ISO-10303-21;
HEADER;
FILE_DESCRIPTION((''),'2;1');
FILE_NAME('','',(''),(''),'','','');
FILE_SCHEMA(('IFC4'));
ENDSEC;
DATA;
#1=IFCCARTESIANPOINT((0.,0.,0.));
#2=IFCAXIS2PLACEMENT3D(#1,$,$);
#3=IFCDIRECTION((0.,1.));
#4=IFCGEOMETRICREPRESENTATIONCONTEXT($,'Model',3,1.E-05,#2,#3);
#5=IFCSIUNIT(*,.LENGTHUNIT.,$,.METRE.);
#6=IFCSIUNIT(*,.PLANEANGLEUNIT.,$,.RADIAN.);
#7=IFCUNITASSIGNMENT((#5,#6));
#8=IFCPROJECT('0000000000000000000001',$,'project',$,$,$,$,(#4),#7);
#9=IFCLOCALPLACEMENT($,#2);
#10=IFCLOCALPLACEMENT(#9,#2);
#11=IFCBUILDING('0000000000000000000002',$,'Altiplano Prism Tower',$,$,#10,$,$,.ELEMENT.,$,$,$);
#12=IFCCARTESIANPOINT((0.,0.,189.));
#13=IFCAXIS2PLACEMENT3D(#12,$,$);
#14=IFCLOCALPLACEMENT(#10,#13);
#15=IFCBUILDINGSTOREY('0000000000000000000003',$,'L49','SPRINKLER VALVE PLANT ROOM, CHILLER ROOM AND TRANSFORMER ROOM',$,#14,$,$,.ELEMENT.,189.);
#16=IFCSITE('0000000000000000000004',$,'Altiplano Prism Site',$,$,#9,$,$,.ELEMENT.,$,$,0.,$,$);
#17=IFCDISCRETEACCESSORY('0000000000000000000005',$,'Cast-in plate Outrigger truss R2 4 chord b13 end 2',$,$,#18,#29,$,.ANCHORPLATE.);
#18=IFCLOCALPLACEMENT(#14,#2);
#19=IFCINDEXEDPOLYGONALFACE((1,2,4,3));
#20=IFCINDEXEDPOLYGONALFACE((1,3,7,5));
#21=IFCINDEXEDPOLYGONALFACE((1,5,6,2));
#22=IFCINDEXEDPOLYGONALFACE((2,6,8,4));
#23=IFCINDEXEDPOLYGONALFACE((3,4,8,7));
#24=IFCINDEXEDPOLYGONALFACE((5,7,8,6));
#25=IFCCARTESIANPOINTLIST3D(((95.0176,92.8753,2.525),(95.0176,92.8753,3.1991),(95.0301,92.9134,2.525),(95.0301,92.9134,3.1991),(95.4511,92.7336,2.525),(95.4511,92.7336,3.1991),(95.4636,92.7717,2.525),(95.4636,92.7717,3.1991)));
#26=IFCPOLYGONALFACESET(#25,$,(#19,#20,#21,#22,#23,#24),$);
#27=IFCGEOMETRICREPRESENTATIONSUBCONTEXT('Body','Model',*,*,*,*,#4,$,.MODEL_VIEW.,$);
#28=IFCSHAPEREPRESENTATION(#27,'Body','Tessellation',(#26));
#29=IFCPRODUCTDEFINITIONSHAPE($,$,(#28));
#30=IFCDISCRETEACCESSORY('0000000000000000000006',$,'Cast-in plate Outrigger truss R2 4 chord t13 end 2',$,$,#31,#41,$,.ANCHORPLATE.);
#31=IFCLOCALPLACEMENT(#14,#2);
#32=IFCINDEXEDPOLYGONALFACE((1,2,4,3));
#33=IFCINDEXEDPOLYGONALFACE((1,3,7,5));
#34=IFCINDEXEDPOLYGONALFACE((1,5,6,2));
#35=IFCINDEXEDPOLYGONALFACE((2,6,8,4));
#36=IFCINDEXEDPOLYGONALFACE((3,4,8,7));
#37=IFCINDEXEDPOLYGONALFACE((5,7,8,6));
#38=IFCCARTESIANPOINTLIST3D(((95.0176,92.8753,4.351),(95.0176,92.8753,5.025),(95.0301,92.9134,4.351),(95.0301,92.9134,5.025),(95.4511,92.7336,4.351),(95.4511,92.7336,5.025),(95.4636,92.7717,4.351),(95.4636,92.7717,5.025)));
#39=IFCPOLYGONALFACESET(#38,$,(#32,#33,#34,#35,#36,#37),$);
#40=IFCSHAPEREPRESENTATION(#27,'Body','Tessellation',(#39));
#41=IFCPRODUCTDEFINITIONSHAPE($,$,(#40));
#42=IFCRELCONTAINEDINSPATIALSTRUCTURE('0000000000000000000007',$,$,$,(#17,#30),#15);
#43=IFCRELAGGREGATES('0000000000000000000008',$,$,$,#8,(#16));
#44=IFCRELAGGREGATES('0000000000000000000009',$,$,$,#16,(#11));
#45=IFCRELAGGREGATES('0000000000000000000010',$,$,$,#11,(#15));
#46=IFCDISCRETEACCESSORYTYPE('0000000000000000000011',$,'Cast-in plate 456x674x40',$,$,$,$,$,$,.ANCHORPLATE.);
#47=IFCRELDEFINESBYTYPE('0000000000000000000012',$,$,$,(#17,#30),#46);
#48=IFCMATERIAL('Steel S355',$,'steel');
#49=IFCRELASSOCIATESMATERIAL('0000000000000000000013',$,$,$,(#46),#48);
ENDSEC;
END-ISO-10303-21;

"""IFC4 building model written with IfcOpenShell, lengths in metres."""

from ifc_helpers import new_model, si_unit, direction, frame, origin, origin_2d, place, context, subcontext, project, spatial, rectangle, extrude, material, material_profile, profile_set, type_object, element, save


model = new_model("IFC4")

# Units and contexts
model_context = context("Model", 3, precision=1e-05, world=origin(), true_north=direction((0.0, 1.0)))
body_context = subcontext(model_context, "Body", "Model", "MODEL_VIEW")
ifc_project = project(units=[si_unit("LENGTHUNIT", "METRE"), si_unit("PLANEANGLEUNIT", "RADIAN")], contexts=[model_context])

# Site, building, storey
site_placement = place(None, origin())
site = spatial("IfcSite", under=ifc_project, at=site_placement, Name="Altiplano Prism Site", CompositionType="ELEMENT", RefElevation=0.0)
building_placement = place(site_placement, origin())
building = spatial("IfcBuilding", under=site, at=building_placement, Name="Altiplano Prism Tower", CompositionType="ELEMENT")
storey_placement = place(building_placement, frame((0.0, 0.0, 189.0)))
storey = spatial("IfcBuildingStorey", under=building, at=storey_placement, Name="L49", Description="SPRINKLER VALVE PLANT ROOM, CHILLER ROOM AND TRANSFORMER ROOM", CompositionType="ELEMENT", Elevation=189.0)

# Shared definitions
ifc_material_1 = material(Name="Steel S355", Category="steel")

# Discrete accessories
ifc_material_profile_1 = material_profile(ifc_material_1, rectangle(XDim=0.4561, YDim=0.6741, at=origin_2d()), Name="Cast-in plate 456x674x40")
ifc_profile_set_1 = profile_set([ifc_material_profile_1], Name="Steel S355")
discrete_accessory_type_1 = type_object("IfcDiscreteAccessoryType", Name="Cast-in plate 456x674x40", PredefinedType="ANCHORPLATE", material=ifc_profile_set_1)
for number, where, z_axis, x_axis, name in (
    (1, (95.2468, 92.8425, 2.8621), (-0.310739, -0.950495, 0.0), (0.950495, -0.310739, 0.0), "Cast-in plate Outrigger truss R2 4 chord b13 end 2"),
    (2, (95.2468, 92.8425, 4.688), (-0.310739, -0.950495, 0.0), (0.950495, -0.310739, 0.0), "Cast-in plate Outrigger truss R2 4 chord t13 end 2"),
):
    element("IfcDiscreteAccessory", number, at=place(storey_placement, frame(where, z_axis=z_axis, x_axis=x_axis)), inside=storey, type_object=discrete_accessory_type_1, Name=name, PredefinedType="ANCHORPLATE", context=body_context, shape_type="SweptSolid", body=[
        extrude(rectangle(XDim=0.4561, YDim=0.6741, at=origin_2d()), origin(), (0.0, 0.0, 1.0), 0.04),
    ])

save(model, "model.ifc")
